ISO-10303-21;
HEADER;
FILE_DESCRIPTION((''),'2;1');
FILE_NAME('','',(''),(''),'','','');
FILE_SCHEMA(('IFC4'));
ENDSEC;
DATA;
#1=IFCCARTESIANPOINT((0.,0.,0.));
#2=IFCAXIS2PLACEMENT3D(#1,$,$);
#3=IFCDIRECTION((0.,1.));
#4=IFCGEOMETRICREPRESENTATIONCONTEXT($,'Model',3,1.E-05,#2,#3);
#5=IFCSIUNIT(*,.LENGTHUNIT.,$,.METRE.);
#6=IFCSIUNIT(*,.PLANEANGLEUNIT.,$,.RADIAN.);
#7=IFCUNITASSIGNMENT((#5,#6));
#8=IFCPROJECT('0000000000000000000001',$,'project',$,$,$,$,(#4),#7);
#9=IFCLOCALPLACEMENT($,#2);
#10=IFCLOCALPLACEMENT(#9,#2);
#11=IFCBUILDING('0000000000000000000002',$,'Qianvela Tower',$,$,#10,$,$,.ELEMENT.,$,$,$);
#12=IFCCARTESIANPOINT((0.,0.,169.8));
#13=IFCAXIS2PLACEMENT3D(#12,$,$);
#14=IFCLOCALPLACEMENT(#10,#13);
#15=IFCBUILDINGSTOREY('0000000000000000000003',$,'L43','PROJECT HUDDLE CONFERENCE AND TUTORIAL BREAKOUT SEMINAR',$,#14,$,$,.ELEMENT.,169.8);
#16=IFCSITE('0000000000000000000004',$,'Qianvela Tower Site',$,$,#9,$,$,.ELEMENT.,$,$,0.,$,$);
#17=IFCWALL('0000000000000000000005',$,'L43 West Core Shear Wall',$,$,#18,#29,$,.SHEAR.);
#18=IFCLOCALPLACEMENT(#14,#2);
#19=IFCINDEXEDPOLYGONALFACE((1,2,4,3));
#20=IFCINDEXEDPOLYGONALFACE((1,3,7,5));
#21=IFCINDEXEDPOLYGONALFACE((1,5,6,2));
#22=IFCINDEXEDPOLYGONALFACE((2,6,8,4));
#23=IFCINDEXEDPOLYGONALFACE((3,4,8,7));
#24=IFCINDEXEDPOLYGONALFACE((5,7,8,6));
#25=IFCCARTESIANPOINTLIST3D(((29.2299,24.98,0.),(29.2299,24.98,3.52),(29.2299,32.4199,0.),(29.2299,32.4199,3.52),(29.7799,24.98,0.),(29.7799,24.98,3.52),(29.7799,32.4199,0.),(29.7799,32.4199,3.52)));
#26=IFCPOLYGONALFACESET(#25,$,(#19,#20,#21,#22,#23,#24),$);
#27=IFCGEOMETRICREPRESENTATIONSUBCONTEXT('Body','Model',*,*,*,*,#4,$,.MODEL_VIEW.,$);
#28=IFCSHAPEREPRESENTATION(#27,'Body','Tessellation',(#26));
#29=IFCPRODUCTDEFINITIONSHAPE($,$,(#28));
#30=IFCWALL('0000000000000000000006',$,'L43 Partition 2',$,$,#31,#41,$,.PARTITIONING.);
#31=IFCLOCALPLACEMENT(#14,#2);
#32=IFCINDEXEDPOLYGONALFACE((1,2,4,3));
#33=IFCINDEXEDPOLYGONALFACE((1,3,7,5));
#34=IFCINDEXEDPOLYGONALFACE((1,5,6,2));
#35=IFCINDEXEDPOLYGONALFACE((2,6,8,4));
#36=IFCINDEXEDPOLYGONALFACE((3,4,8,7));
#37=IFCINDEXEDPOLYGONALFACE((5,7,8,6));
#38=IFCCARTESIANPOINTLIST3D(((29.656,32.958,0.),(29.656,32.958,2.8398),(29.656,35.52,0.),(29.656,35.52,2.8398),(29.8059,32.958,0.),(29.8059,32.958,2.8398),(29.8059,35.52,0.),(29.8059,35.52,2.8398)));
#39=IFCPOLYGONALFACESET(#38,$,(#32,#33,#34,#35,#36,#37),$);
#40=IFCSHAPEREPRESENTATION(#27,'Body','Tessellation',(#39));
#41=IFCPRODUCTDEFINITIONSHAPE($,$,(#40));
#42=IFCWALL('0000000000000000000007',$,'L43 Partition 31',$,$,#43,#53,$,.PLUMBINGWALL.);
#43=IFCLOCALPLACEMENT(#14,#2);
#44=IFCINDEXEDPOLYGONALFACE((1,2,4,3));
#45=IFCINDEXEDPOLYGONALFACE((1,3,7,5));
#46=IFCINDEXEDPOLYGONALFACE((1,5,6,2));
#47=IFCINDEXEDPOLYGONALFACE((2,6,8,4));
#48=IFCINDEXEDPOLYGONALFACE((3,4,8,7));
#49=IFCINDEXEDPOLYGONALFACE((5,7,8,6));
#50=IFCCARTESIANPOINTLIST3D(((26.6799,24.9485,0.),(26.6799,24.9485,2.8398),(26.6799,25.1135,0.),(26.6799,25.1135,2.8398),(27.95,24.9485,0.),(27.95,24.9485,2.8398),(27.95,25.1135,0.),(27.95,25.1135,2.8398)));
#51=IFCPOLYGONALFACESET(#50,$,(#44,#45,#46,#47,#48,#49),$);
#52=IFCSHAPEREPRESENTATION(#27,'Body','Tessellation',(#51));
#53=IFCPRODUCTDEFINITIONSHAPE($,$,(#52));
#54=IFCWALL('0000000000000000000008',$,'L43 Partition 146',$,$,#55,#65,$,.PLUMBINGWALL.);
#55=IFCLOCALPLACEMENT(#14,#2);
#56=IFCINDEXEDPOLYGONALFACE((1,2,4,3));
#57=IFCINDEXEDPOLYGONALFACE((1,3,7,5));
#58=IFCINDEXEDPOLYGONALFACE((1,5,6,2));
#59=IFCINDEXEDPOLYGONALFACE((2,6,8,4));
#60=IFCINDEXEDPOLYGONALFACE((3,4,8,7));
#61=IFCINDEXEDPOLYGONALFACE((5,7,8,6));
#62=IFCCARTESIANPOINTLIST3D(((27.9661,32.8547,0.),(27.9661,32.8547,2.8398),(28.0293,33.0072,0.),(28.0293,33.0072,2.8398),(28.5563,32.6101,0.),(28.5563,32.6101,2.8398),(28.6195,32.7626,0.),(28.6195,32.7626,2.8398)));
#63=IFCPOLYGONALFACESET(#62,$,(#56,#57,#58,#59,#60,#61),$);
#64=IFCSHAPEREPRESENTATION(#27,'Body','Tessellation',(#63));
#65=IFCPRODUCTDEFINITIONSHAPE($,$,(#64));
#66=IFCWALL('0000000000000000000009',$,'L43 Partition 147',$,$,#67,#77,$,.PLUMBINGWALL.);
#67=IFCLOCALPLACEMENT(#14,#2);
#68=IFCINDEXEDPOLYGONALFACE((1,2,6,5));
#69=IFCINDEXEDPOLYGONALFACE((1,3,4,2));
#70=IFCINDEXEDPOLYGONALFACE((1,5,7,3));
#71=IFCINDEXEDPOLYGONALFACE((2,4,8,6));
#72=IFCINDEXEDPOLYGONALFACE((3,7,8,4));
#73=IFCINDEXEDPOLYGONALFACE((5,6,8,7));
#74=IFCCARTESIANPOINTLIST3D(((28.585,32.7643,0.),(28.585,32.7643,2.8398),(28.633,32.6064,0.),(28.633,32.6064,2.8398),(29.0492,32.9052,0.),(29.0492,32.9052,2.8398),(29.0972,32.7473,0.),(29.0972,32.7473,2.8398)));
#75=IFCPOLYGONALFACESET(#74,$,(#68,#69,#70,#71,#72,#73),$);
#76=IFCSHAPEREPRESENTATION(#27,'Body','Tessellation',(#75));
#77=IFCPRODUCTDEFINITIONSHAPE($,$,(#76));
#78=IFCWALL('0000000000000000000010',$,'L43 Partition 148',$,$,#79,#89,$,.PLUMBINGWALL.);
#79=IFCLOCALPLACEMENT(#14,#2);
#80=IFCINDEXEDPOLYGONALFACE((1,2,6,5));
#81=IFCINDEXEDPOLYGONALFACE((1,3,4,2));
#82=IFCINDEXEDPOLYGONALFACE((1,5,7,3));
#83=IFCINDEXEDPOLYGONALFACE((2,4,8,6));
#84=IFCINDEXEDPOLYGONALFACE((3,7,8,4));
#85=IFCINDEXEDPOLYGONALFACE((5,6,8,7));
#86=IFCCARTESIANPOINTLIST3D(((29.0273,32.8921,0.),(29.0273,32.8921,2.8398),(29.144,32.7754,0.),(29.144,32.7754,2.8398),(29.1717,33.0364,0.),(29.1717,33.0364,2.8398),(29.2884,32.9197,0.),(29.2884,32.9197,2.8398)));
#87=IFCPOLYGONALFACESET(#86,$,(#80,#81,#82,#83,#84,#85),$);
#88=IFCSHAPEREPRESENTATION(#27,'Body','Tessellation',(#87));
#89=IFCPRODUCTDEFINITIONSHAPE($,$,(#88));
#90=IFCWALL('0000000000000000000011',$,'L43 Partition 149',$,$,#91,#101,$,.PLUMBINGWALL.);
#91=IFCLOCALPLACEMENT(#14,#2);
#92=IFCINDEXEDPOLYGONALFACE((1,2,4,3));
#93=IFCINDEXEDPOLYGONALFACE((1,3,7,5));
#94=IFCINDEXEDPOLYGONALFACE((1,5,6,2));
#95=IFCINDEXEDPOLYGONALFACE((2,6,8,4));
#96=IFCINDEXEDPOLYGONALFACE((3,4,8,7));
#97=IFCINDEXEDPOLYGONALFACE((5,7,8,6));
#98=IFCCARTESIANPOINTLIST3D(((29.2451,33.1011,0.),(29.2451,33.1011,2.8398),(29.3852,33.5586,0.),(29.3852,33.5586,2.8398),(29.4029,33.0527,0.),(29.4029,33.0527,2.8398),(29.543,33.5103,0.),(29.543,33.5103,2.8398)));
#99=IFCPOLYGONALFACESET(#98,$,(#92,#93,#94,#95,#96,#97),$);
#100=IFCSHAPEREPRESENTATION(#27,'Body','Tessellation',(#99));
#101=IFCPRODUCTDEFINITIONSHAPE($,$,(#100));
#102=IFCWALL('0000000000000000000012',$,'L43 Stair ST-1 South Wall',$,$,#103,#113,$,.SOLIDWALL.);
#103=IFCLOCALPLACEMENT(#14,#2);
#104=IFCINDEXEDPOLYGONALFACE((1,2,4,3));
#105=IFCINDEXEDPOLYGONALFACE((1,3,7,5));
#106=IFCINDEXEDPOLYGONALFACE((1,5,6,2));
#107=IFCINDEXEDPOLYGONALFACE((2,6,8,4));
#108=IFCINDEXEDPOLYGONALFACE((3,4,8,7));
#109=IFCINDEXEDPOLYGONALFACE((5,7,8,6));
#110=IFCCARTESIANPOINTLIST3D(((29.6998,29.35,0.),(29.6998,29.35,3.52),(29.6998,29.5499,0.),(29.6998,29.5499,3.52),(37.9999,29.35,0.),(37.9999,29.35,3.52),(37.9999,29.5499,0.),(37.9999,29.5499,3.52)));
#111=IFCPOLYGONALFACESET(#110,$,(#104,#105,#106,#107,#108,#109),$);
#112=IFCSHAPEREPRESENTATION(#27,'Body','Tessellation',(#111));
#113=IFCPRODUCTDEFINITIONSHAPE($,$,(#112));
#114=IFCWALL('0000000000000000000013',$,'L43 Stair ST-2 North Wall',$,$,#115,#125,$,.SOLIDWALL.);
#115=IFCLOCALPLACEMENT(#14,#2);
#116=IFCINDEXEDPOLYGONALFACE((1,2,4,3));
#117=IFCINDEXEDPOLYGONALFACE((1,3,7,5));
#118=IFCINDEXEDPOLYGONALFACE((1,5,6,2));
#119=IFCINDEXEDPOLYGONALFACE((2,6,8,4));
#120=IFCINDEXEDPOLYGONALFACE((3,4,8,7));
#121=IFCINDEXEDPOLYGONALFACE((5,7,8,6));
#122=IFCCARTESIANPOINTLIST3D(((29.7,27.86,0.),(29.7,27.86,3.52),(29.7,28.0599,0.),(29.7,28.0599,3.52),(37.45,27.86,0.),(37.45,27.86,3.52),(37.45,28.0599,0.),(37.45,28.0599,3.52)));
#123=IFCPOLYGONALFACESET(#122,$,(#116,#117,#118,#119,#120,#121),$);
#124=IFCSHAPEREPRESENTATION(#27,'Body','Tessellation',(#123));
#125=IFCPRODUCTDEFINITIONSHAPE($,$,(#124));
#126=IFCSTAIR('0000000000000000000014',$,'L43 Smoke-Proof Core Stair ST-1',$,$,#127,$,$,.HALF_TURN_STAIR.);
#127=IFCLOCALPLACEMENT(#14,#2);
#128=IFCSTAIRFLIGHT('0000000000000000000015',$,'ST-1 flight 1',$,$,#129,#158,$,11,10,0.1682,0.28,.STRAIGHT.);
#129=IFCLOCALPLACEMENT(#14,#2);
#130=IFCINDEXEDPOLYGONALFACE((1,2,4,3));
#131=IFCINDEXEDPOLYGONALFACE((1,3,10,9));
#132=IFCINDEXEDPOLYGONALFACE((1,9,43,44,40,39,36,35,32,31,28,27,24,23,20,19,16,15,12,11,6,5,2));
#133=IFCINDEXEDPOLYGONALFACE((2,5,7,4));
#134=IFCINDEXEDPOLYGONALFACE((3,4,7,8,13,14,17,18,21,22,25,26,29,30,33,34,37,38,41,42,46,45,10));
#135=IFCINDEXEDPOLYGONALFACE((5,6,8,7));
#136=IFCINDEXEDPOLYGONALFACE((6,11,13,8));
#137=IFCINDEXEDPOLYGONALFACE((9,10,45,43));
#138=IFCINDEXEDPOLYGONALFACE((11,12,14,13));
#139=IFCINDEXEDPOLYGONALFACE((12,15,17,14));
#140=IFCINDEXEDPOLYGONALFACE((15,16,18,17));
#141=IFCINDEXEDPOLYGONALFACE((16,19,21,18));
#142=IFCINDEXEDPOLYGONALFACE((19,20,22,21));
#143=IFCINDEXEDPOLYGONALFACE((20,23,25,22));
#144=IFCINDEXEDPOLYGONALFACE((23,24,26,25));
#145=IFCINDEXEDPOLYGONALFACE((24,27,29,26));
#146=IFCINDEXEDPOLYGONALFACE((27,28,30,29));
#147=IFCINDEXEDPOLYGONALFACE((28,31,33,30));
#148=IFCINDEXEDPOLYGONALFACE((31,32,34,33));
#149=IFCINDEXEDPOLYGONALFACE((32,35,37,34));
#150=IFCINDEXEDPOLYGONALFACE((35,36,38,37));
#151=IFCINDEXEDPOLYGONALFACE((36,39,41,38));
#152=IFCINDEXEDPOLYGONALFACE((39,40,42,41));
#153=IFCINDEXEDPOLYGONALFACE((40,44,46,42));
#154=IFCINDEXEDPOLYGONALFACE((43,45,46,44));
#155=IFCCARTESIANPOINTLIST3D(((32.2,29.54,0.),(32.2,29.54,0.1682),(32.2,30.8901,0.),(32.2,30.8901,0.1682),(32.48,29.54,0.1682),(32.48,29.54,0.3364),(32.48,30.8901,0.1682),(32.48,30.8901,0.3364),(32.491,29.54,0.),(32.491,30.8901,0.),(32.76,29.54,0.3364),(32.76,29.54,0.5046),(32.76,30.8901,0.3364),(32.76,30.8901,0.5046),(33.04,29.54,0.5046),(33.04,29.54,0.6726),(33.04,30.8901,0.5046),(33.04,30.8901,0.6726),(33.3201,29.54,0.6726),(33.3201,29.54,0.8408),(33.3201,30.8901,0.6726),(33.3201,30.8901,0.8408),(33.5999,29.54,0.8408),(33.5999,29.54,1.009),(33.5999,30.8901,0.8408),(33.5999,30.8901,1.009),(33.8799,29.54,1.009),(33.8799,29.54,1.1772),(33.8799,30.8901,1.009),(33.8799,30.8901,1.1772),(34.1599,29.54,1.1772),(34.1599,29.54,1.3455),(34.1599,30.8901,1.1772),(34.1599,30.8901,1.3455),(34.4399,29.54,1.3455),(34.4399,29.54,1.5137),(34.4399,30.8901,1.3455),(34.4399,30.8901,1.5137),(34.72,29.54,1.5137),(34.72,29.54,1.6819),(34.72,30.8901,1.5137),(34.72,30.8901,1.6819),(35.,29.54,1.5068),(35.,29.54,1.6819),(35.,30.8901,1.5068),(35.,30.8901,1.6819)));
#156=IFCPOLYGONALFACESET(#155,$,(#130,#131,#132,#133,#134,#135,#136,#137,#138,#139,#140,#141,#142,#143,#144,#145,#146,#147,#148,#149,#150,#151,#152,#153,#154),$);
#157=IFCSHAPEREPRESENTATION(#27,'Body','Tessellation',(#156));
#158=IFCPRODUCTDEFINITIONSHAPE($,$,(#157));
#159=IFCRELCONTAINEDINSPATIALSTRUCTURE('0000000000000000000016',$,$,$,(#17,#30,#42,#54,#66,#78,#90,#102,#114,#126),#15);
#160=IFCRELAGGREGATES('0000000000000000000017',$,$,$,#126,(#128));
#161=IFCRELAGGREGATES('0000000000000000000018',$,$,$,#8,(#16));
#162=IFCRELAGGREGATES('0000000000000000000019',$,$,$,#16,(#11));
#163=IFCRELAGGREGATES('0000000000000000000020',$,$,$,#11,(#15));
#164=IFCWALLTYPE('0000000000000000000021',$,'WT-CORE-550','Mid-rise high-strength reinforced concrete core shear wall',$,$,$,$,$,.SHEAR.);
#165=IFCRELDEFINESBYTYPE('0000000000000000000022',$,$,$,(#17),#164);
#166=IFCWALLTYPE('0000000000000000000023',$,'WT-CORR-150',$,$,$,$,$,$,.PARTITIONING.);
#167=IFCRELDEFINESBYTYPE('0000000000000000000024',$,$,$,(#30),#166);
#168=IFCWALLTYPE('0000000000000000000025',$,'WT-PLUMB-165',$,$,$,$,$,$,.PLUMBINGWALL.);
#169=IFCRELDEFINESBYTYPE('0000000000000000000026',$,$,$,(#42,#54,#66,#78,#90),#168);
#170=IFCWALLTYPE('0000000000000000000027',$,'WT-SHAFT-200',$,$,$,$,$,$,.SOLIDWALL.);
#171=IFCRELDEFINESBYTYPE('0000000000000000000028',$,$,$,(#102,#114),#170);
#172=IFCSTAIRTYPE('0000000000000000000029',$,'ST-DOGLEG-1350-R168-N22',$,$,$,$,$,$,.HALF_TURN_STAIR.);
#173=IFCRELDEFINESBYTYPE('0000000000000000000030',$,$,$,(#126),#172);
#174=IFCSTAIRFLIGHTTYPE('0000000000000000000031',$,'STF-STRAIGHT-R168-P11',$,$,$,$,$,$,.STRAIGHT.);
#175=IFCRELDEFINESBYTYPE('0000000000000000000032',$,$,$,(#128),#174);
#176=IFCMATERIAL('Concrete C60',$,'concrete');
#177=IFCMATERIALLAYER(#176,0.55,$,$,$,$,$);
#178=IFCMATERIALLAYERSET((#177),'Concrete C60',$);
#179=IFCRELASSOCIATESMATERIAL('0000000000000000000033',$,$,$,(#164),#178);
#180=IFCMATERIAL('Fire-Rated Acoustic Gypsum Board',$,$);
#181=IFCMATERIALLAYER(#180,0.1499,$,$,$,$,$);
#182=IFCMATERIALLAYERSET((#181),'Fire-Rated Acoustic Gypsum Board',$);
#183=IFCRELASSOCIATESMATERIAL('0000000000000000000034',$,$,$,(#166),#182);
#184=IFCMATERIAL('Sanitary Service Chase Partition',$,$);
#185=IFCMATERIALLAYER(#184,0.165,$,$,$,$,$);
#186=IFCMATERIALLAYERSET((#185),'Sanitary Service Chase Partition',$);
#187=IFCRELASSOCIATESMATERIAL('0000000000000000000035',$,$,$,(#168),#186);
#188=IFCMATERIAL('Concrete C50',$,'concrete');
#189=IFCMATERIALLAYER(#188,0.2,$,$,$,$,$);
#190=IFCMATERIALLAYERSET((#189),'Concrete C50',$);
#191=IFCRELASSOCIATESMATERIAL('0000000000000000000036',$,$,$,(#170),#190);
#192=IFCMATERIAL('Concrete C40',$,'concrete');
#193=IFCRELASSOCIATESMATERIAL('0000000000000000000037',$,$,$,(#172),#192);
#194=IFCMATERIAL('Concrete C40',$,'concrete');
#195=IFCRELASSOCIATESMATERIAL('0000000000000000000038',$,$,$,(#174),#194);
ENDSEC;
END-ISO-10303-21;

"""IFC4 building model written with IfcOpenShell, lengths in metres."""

from ifc_helpers import new_model, si_unit, direction, frame, frame_2d, origin, place, context, subcontext, project, spatial, polyline, rectangle, outline, extrude, material, layer, layer_set, type_object, element, aggregate, save


model = new_model("IFC4")

# Units and contexts
model_context = context("Model", 3, precision=1e-05, world=origin(), true_north=direction((0.0, 1.0)))
body_context = subcontext(model_context, "Body", "Model", "MODEL_VIEW")
ifc_project = project(units=[si_unit("LENGTHUNIT", "METRE"), si_unit("PLANEANGLEUNIT", "RADIAN")], contexts=[model_context])

# Site, building, storey
site_placement = place(None, origin())
site = spatial("IfcSite", under=ifc_project, at=site_placement, Name="Qianvela Tower Site", CompositionType="ELEMENT", RefElevation=0.0)
building_placement = place(site_placement, origin())
building = spatial("IfcBuilding", under=site, at=building_placement, Name="Qianvela Tower", CompositionType="ELEMENT")
storey_placement = place(building_placement, frame((0.0, 0.0, 169.8)))
storey = spatial("IfcBuildingStorey", under=building, at=storey_placement, Name="L43", Description="PROJECT HUDDLE CONFERENCE AND TUTORIAL BREAKOUT SEMINAR", CompositionType="ELEMENT", Elevation=169.8)

# Shared definitions
ifc_material_1 = material(Name="Concrete C60", Category="concrete")
ifc_layer_1 = layer(ifc_material_1, 0.55)
ifc_layer_set_1 = layer_set([ifc_layer_1], Name="Concrete C60")
wall_type_1 = type_object("IfcWallType", Name="WT-CORE-550", Description="Mid-rise high-strength reinforced concrete core shear wall", PredefinedType="SHEAR", material=ifc_layer_set_1)

# Walls
wall_1_placement = place(storey_placement, frame((29.5049, 24.98, 0.0), z_axis=(0.0, 0.0, 1.0), x_axis=(0.0, 1.0, 0.0)))
element("IfcWall", 1, at=wall_1_placement, inside=storey, type_object=wall_type_1, Name="L43 West Core Shear Wall", PredefinedType="SHEAR", context=body_context, shape_type="SweptSolid", body=[
    extrude(rectangle(XDim=7.4399, YDim=0.55, at=frame_2d((3.72, 0.0))), origin(), (0.0, 0.0, 1.0), 3.52),
])
ifc_material_2 = material(Name="Fire-Rated Acoustic Gypsum Board")
ifc_layer_2 = layer(ifc_material_2, 0.1499)
ifc_layer_set_2 = layer_set([ifc_layer_2], Name="Fire-Rated Acoustic Gypsum Board")
wall_type_2 = type_object("IfcWallType", Name="WT-CORR-150", PredefinedType="PARTITIONING", material=ifc_layer_set_2)
wall_2_placement = place(storey_placement, frame((29.731, 32.958, 0.0), z_axis=(0.0, 0.0, 1.0), x_axis=(0.0, 1.0, 0.0)))
element("IfcWall", 2, at=wall_2_placement, inside=storey, type_object=wall_type_2, Name="L43 Partition 2", PredefinedType="PARTITIONING", context=body_context, shape_type="SweptSolid", body=[
    extrude(rectangle(XDim=2.562, YDim=0.1499, at=frame_2d((1.281, 0.0))), origin(), (0.0, 0.0, 1.0), 2.8398),
])
ifc_material_3 = material(Name="Sanitary Service Chase Partition")
ifc_layer_3 = layer(ifc_material_3, 0.165)
ifc_layer_set_3 = layer_set([ifc_layer_3], Name="Sanitary Service Chase Partition")
wall_type_3 = type_object("IfcWallType", Name="WT-PLUMB-165", PredefinedType="PLUMBINGWALL", material=ifc_layer_set_3)
wall_3_placement = place(storey_placement, frame((27.95, 25.031, 0.0), z_axis=(0.0, 0.0, 1.0), x_axis=(-1.0, 0.0, 0.0)))
element("IfcWall", 3, at=wall_3_placement, inside=storey, type_object=wall_type_3, Name="L43 Partition 31", PredefinedType="PLUMBINGWALL", context=body_context, shape_type="SweptSolid", body=[
    extrude(rectangle(XDim=1.27, YDim=0.165, at=frame_2d((0.635, 0.0))), origin(), (0.0, 0.0, 1.0), 2.8398),
])
wall_4_placement = place(storey_placement, frame((27.9978, 32.9309, 0.0), z_axis=(0.0, 0.0, 1.0), x_axis=(0.923821, -0.382824, 0.0)))
element("IfcWall", 4, at=wall_4_placement, inside=storey, type_object=wall_type_3, Name="L43 Partition 146", PredefinedType="PLUMBINGWALL", context=body_context, shape_type="SweptSolid", body=[
    extrude(rectangle(XDim=0.6389, YDim=0.165, at=frame_2d((0.3193, 0.0))), origin(), (0.0, 0.0, 1.0), 2.8398),
])
wall_5_placement = place(storey_placement, frame((28.6089, 32.6853, 0.0), z_axis=(0.0, 0.0, 1.0), x_axis=(0.956893, 0.29044, 0.0)))
element("IfcWall", 5, at=wall_5_placement, inside=storey, type_object=wall_type_3, Name="L43 Partition 147", PredefinedType="PLUMBINGWALL", context=body_context, shape_type="SweptSolid", body=[
    extrude(rectangle(XDim=0.4851, YDim=0.165, at=frame_2d((0.2427, 0.0))), origin(), (0.0, 0.0, 1.0), 2.8398),
])
wall_6_placement = place(storey_placement, frame((29.0857, 32.8337, 0.0), z_axis=(0.0, 0.0, 1.0), x_axis=(0.707107, 0.707107, 0.0)))
element("IfcWall", 6, at=wall_6_placement, inside=storey, type_object=wall_type_3, Name="L43 Partition 148", PredefinedType="PLUMBINGWALL", context=body_context, shape_type="SweptSolid", body=[
    extrude(rectangle(XDim=0.2041, YDim=0.165, at=frame_2d((0.1021, 0.0))), origin(), (0.0, 0.0, 1.0), 2.8398),
])
wall_7_placement = place(storey_placement, frame((29.324, 33.0769, 0.0), z_axis=(0.0, 0.0, 1.0), x_axis=(0.292867, 0.956153, 0.0)))
element("IfcWall", 7, at=wall_7_placement, inside=storey, type_object=wall_type_3, Name="L43 Partition 149", PredefinedType="PLUMBINGWALL", context=body_context, shape_type="SweptSolid", body=[
    extrude(rectangle(XDim=0.4785, YDim=0.165, at=frame_2d((0.2393, 0.0))), origin(), (0.0, 0.0, 1.0), 2.8398),
])
ifc_material_4 = material(Name="Concrete C50", Category="concrete")
ifc_layer_4 = layer(ifc_material_4, 0.2)
ifc_layer_set_4 = layer_set([ifc_layer_4], Name="Concrete C50")
wall_type_4 = type_object("IfcWallType", Name="WT-SHAFT-200", PredefinedType="SOLIDWALL", material=ifc_layer_set_4)
wall_8_placement = place(storey_placement, frame((29.7, 29.45, 0.0), z_axis=(0.0, 0.0, 1.0), x_axis=(1.0, 0.0, 0.0)))
element("IfcWall", 8, at=wall_8_placement, inside=storey, type_object=wall_type_4, Name="L43 Stair ST-1 South Wall", PredefinedType="SOLIDWALL", context=body_context, shape_type="SweptSolid", body=[
    extrude(rectangle(XDim=8.3, YDim=0.2, at=frame_2d((4.1499, 0.0))), origin(), (0.0, 0.0, 1.0), 3.52),
])
wall_9_placement = place(storey_placement, frame((29.7, 27.96, 0.0), z_axis=(0.0, 0.0, 1.0), x_axis=(1.0, 0.0, 0.0)))
element("IfcWall", 9, at=wall_9_placement, inside=storey, type_object=wall_type_4, Name="L43 Stair ST-2 North Wall", PredefinedType="SOLIDWALL", context=body_context, shape_type="SweptSolid", body=[
    extrude(rectangle(XDim=7.75, YDim=0.2, at=frame_2d((3.875, 0.0))), origin(), (0.0, 0.0, 1.0), 3.52),
])

# Stair, stair flight
ifc_material_5 = material(Name="Concrete C40", Category="concrete")
stair_type = type_object("IfcStairType", Name="ST-DOGLEG-1350-R168-N22", PredefinedType="HALF_TURN_STAIR", material=ifc_material_5)
stair_1_placement = place(storey_placement, origin())
stair_1 = element("IfcStair", 10, at=stair_1_placement, inside=storey, type_object=stair_type, Name="L43 Smoke-Proof Core Stair ST-1", PredefinedType="HALF_TURN_STAIR")
ifc_material_6 = material(Name="Concrete C40", Category="concrete")
stair_flight_type = type_object("IfcStairFlightType", Name="STF-STRAIGHT-R168-P11", PredefinedType="STRAIGHT", material=ifc_material_6)
stair_flight_1_placement = place(storey_placement, frame((32.2, 30.2151, 0.0), z_axis=(0.0, 0.0, 1.0), x_axis=(1.0, 0.0, 0.0)))
stair_flight_1 = element("IfcStairFlight", 11, at=stair_flight_1_placement, type_object=stair_flight_type, Name="ST-1 flight 1", NumberOfRisers=11, NumberOfTreads=10, PredefinedType="STRAIGHT", RiserHeight=0.1682, TreadLength=0.28, context=body_context, shape_type="SweptSolid", body=[
    extrude(outline(polyline([(0.0, 0.0), (0.0, 0.1682), (0.28, 0.1682), (0.28, 0.3364), (0.5601, 0.3364), (0.5601, 0.5046), (0.8401, 0.5046), (0.8401, 0.6726), (1.1201, 0.6726), (1.1201, 0.8408), (1.3999, 0.8408), (1.3999, 1.009), (1.6799, 1.009), (1.6799, 1.1772), (1.96, 1.1772), (1.96, 1.3455), (2.24, 1.3455), (2.24, 1.5137), (2.52, 1.5137), (2.52, 1.6819), (2.8, 1.6819), (2.8, 1.8501), (2.8, 1.5068), (0.291, 0.0), (0.0, 0.0)])), frame((0.0, 0.675, 0.0), z_axis=(0.0, -1.0, 0.0), x_axis=(1.0, 0.0, 0.0)), (0.0, 0.0, 1.0), 1.3501),
])
aggregate(stair_1, [stair_flight_1])

save(model, "model.ifc")
